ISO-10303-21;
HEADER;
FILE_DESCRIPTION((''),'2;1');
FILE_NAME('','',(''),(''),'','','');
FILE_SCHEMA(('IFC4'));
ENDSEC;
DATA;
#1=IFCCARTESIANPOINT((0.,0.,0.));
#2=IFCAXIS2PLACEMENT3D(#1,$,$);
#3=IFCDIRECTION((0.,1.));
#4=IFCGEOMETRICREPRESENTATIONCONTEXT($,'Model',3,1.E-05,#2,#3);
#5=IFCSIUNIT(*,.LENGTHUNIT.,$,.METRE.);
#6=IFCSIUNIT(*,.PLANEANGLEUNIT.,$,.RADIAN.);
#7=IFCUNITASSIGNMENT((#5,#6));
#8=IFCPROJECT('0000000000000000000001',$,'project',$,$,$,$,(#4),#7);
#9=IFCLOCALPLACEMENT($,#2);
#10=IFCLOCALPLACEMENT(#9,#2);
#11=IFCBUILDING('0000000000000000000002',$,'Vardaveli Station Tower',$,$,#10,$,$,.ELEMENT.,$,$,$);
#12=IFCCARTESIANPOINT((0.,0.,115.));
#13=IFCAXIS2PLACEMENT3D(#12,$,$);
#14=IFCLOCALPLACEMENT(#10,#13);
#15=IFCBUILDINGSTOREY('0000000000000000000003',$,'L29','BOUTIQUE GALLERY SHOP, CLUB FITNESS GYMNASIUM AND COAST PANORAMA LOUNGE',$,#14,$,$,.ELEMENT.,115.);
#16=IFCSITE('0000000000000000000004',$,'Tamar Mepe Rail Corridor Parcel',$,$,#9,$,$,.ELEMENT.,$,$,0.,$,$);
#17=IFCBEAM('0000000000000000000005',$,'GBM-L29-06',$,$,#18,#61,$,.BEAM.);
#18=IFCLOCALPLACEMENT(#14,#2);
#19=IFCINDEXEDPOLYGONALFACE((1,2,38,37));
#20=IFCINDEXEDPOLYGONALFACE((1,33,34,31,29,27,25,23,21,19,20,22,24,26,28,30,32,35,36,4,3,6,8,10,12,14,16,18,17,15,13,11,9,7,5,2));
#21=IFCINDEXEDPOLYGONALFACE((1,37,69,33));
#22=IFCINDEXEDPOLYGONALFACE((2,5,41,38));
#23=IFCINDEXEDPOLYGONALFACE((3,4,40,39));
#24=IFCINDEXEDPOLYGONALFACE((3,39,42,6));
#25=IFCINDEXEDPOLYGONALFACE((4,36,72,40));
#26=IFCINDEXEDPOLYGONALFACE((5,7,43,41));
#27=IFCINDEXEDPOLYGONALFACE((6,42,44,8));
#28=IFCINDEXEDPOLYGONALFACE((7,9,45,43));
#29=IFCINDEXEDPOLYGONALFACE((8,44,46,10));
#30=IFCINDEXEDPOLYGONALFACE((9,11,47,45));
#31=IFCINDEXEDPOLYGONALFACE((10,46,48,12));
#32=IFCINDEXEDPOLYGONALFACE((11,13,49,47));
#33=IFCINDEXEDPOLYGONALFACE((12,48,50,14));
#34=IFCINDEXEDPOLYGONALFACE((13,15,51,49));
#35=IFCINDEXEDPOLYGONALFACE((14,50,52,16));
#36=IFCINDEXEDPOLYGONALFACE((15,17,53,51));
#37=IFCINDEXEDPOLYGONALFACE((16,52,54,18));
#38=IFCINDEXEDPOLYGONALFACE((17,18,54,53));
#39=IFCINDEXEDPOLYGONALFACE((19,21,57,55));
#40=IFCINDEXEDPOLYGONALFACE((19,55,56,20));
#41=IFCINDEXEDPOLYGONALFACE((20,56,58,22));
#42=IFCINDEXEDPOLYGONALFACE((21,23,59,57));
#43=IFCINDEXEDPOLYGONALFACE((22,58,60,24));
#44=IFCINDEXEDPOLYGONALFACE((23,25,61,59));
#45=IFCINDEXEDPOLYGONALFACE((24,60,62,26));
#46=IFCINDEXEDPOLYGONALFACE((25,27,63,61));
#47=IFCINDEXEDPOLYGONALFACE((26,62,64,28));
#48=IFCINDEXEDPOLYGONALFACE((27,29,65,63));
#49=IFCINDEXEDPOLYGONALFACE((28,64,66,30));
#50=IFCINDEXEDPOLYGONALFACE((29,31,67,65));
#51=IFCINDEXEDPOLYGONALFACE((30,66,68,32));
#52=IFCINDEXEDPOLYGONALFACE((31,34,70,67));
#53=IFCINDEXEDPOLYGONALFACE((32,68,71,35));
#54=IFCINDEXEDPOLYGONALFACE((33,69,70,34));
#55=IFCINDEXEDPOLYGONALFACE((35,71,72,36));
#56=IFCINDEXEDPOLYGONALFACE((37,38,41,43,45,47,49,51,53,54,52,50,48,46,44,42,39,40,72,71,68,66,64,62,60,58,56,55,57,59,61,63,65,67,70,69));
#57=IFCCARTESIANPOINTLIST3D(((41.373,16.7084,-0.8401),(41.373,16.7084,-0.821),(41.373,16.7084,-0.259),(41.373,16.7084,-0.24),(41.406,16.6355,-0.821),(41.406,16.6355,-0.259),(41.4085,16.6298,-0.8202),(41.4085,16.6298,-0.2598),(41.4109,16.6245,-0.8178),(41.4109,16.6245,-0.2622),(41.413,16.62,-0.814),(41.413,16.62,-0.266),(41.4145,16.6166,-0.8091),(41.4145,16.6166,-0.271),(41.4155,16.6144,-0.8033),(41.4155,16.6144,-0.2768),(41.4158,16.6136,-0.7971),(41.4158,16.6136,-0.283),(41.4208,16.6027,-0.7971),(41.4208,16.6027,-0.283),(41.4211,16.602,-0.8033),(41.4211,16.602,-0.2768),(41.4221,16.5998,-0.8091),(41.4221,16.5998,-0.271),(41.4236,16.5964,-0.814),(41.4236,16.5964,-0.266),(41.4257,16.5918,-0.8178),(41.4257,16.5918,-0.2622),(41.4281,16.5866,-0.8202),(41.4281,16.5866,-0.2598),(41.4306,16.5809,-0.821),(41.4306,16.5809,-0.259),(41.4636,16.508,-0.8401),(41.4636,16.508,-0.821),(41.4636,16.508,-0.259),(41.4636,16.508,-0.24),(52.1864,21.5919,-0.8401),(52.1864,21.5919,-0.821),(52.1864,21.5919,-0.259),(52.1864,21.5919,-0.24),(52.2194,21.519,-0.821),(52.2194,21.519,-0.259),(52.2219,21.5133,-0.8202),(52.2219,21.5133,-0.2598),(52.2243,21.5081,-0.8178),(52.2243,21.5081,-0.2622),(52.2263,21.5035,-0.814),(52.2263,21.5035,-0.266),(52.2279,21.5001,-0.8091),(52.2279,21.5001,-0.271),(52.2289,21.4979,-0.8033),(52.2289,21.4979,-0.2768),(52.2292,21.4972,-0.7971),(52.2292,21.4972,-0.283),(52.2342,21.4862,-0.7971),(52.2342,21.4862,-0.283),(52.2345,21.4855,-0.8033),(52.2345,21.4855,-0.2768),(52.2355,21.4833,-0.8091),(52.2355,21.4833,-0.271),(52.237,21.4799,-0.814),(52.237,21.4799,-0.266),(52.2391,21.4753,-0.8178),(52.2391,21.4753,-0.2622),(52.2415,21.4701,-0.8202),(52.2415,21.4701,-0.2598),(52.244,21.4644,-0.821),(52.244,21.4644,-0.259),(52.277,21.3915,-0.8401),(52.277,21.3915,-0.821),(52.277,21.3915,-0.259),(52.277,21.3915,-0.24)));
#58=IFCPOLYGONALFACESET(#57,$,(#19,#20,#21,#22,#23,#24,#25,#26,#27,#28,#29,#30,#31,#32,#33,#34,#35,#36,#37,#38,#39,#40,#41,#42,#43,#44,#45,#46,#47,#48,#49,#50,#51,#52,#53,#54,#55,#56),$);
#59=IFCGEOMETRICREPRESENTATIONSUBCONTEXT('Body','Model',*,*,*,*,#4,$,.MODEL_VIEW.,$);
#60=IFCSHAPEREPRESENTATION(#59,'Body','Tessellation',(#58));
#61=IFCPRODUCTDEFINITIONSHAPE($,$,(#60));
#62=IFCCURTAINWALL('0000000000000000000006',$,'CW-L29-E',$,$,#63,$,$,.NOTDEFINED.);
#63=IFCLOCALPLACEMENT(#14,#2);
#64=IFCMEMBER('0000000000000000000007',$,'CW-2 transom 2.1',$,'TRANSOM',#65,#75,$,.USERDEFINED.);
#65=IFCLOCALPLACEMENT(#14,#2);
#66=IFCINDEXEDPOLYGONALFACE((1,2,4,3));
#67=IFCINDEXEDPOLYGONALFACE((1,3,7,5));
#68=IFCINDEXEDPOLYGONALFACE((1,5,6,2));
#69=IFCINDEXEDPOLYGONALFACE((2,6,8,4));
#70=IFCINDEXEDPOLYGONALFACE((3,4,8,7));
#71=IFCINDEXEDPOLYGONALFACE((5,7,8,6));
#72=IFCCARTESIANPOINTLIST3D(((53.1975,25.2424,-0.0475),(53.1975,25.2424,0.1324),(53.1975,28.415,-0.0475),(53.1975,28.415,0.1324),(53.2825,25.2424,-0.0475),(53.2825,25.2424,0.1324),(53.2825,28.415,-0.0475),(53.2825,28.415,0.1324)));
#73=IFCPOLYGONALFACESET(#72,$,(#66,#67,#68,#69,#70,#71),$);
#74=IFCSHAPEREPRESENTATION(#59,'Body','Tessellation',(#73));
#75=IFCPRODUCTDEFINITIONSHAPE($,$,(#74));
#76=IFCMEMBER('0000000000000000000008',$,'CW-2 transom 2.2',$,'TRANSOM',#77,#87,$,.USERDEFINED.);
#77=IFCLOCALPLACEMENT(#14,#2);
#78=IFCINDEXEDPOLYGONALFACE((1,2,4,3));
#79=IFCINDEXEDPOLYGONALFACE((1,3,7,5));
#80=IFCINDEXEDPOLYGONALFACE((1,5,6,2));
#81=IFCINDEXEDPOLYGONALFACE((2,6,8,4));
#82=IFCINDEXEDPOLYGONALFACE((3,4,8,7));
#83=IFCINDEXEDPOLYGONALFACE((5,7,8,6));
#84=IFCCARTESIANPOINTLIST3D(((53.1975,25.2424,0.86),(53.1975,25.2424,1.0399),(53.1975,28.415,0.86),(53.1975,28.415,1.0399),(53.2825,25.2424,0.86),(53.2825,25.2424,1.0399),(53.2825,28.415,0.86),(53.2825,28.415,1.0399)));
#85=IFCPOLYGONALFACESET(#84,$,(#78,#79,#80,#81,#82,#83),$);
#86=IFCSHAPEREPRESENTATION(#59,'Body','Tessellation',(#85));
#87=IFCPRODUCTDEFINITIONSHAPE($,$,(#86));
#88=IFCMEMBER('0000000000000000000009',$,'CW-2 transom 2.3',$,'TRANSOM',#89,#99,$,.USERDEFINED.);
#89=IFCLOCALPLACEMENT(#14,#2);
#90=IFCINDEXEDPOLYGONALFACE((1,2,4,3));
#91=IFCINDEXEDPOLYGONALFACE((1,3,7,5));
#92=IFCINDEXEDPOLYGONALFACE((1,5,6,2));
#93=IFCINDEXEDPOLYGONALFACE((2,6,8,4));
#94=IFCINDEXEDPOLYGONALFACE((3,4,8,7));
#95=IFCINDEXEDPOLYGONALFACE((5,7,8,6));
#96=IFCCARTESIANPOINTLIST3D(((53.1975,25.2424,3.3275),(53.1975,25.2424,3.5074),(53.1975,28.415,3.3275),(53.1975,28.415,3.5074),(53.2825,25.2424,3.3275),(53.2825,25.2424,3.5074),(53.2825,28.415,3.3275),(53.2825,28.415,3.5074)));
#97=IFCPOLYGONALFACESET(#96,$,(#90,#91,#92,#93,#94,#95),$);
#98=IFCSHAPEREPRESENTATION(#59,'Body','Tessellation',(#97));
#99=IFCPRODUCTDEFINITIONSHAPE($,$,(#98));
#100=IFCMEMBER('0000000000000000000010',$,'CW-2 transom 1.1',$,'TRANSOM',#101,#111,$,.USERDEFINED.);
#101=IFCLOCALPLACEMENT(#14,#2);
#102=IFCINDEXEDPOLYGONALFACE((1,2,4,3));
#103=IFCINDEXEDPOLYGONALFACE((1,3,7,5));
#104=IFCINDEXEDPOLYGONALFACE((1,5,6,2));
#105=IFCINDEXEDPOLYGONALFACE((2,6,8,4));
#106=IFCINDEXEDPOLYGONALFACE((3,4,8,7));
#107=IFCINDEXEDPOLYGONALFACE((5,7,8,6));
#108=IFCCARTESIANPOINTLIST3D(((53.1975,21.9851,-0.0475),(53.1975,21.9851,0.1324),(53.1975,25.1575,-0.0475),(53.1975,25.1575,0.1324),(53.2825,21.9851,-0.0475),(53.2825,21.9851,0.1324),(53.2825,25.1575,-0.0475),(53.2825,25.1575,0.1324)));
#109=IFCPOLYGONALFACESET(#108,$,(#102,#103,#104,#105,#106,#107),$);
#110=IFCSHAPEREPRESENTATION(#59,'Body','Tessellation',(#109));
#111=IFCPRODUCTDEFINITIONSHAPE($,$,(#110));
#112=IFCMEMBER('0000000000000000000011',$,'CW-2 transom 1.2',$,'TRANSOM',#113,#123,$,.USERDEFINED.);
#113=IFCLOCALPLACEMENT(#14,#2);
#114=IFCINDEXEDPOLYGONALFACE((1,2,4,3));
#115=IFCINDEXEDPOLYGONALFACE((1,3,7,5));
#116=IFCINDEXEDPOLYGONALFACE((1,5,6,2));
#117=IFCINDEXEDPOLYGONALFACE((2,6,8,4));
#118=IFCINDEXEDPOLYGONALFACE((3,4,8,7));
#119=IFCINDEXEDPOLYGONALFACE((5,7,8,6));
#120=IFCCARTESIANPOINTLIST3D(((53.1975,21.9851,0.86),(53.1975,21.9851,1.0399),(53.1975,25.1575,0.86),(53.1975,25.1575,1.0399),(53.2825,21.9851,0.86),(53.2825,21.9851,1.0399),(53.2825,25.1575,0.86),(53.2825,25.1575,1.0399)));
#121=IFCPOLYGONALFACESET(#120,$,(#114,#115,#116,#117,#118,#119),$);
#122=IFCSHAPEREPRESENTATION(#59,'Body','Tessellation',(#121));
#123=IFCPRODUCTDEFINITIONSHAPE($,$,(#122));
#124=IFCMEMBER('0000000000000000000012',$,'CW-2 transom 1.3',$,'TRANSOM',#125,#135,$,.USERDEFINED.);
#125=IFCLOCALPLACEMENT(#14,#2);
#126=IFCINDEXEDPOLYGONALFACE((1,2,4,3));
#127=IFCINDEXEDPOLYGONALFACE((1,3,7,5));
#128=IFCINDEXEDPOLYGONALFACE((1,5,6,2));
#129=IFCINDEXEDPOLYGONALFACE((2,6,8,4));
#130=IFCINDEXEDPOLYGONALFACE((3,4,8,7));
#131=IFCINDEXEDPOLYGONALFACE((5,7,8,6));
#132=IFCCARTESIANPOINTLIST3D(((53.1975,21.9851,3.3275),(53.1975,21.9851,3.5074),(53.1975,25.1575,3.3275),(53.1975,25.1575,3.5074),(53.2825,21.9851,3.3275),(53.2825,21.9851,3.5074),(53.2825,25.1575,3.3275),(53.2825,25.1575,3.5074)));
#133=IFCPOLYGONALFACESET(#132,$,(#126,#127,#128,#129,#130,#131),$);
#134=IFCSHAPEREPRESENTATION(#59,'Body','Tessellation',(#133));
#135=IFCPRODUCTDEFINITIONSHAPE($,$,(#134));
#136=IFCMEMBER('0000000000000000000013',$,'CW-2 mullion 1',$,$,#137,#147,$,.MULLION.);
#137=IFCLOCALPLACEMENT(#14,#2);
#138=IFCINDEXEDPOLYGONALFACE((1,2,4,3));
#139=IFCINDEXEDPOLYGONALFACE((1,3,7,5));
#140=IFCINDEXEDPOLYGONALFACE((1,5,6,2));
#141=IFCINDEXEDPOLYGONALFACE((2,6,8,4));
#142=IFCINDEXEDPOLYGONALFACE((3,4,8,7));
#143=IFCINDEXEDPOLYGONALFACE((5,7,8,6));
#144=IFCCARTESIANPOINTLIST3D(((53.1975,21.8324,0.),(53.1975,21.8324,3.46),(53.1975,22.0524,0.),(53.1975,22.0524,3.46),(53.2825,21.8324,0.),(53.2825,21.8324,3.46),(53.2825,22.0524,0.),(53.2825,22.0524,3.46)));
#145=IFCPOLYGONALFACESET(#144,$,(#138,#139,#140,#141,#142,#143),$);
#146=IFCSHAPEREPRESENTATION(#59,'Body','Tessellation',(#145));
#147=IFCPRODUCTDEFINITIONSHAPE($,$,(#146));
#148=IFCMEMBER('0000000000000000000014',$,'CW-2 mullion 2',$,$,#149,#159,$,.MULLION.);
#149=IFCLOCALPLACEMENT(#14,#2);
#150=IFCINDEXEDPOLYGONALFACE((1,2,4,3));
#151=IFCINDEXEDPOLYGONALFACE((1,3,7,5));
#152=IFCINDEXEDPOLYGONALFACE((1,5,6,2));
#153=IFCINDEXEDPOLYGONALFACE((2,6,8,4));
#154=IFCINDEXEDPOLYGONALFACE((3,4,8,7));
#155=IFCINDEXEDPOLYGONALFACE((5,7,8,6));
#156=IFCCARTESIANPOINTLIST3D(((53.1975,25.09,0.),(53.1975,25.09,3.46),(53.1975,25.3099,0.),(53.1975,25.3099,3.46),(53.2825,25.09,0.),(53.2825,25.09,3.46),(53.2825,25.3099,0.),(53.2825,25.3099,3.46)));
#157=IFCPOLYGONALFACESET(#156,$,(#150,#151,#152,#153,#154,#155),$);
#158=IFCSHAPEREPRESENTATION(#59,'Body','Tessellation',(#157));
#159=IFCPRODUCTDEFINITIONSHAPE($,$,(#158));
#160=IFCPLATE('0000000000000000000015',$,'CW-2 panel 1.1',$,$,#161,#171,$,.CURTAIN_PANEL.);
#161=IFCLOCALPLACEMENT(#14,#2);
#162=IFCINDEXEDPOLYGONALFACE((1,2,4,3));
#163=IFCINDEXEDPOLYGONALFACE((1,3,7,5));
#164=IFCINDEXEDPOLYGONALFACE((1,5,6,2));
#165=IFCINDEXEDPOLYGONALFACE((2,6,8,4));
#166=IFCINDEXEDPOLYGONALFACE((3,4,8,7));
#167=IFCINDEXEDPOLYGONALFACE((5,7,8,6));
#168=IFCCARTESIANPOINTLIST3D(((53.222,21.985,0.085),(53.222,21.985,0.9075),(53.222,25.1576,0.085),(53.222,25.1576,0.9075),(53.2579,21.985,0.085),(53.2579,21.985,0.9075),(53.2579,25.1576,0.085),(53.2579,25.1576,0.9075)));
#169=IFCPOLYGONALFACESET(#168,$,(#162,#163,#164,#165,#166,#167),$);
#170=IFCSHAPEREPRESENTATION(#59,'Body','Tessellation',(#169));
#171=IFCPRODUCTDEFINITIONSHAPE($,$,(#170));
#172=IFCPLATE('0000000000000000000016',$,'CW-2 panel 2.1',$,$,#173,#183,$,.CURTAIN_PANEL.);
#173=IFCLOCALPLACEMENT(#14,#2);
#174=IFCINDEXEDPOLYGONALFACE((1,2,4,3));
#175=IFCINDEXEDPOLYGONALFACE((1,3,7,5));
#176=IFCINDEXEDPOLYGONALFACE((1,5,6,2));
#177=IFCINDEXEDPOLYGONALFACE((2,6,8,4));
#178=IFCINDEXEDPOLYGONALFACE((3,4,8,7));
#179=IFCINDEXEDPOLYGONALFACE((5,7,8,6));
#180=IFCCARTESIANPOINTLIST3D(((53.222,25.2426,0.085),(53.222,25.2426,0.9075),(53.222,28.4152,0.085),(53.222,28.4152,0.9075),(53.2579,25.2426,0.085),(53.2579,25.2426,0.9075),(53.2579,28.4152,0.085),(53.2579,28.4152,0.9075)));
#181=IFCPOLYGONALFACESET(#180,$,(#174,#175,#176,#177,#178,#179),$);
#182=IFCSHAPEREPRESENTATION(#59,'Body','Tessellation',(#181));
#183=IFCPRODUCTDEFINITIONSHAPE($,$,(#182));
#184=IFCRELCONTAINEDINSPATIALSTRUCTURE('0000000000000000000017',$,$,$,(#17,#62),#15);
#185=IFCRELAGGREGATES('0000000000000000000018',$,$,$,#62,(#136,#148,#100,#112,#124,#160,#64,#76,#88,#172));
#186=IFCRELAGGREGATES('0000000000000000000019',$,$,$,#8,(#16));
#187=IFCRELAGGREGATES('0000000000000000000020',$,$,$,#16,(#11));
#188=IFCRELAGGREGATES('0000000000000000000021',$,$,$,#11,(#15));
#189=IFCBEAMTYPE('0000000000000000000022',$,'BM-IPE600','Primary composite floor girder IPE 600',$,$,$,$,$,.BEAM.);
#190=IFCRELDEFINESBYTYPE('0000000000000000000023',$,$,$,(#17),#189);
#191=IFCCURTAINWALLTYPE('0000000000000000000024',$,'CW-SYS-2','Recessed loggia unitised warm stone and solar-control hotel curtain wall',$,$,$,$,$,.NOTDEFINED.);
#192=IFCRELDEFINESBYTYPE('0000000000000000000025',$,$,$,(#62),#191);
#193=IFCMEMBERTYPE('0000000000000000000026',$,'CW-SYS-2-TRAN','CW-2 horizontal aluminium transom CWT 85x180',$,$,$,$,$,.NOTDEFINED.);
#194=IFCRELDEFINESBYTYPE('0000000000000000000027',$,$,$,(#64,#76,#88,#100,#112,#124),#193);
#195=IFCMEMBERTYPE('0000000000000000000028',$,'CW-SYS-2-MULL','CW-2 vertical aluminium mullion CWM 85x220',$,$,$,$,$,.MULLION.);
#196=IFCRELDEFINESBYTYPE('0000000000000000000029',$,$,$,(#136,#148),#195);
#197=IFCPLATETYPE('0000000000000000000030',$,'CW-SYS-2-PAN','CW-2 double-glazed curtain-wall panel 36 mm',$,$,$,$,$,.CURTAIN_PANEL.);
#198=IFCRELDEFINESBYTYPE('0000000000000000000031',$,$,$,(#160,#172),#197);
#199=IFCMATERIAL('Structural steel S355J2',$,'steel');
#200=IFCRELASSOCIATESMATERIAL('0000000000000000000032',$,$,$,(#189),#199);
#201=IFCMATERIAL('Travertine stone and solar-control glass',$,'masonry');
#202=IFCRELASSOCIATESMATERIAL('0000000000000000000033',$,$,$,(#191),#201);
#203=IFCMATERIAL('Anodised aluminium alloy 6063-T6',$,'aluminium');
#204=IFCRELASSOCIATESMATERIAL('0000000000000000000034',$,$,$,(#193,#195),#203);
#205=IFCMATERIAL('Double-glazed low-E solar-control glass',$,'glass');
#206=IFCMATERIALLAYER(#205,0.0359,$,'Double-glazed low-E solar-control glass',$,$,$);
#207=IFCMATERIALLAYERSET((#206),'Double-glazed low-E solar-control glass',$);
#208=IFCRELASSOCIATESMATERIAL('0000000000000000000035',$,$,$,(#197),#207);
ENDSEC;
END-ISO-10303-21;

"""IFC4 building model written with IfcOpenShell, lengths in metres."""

from ifc_helpers import new_model, si_unit, direction, frame, origin, origin_2d, place, context, subcontext, project, spatial, rectangle, i_section, extrude, source, transform, mapped, material, layer, layer_set, material_profile, profile_set, type_object, element, aggregate, save


model = new_model("IFC4")

# Units and contexts
model_context = context("Model", 3, precision=1e-05, world=origin(), true_north=direction((0.0, 1.0)))
body_context = subcontext(model_context, "Body", "Model", "MODEL_VIEW")
ifc_project = project(units=[si_unit("LENGTHUNIT", "METRE"), si_unit("PLANEANGLEUNIT", "RADIAN")], contexts=[model_context])

# Site, building, storey
site_placement = place(None, origin())
site = spatial("IfcSite", under=ifc_project, at=site_placement, Name="Tamar Mepe Rail Corridor Parcel", CompositionType="ELEMENT", RefElevation=0.0)
building_placement = place(site_placement, origin())
building = spatial("IfcBuilding", under=site, at=building_placement, Name="Vardaveli Station Tower", CompositionType="ELEMENT")
storey_placement = place(building_placement, frame((0.0, 0.0, 115.0)))
storey = spatial("IfcBuildingStorey", under=building, at=storey_placement, Name="L29", Description="BOUTIQUE GALLERY SHOP, CLUB FITNESS GYMNASIUM AND COAST PANORAMA LOUNGE", CompositionType="ELEMENT", Elevation=115.0)

# Beam
ifc_material_1 = material(Name="Structural steel S355J2", Category="steel")
ifc_material_profile_1 = material_profile(ifc_material_1, i_section(OverallWidth=0.22, OverallDepth=0.6001, WebThickness=0.012, FlangeThickness=0.019, FilletRadius=0.0239, at=origin_2d()), Name="IPE 600")
ifc_profile_set_1 = profile_set([ifc_material_profile_1], Name="Structural steel S355J2")
beam_type_1 = type_object("IfcBeamType", Name="BM-IPE600", Description="Primary composite floor girder IPE 600", PredefinedType="BEAM", material=ifc_profile_set_1)
shared_shape_1 = source(origin(), body_context, "Body", "SweptSolid", [
    extrude(i_section(OverallWidth=0.22, OverallDepth=0.6001, WebThickness=0.012, FlangeThickness=0.019, FilletRadius=0.0239, at=origin_2d()), origin(), (0.0, 0.0, 1.0), 11.865),
])
beam_1_placement = place(storey_placement, frame((52.2317, 21.4917, -0.54), z_axis=(-0.911369, -0.411589, 0.0), x_axis=(0.411589, -0.911369, 0.0)))
element("IfcBeam", 1, at=beam_1_placement, inside=storey, type_object=beam_type_1, Name="GBM-L29-06", PredefinedType="BEAM", context=body_context, shape_type="MappedRepresentation", body=[
    mapped(shared_shape_1, transform((0.0, 0.0, 0.0), scale=1.0)),
])

# Curtain wall, members, plates
ifc_material_2 = material(Name="Travertine stone and solar-control glass", Category="masonry")
curtain_wall_type = type_object("IfcCurtainWallType", Name="CW-SYS-2", Description="Recessed loggia unitised warm stone and solar-control hotel curtain wall", PredefinedType="NOTDEFINED", material=ifc_material_2)
curtain_wall_placement = place(storey_placement, origin())
curtain_wall = element("IfcCurtainWall", 2, at=curtain_wall_placement, inside=storey, type_object=curtain_wall_type, Name="CW-L29-E", PredefinedType="NOTDEFINED")
ifc_material_3 = material(Name="Anodised aluminium alloy 6063-T6", Category="aluminium")
ifc_material_profile_2 = material_profile(ifc_material_3, rectangle(XDim=0.085, YDim=0.1799, at=origin_2d()), Name="CWT 85x180")
ifc_profile_set_2 = profile_set([ifc_material_profile_2], Name="Anodised aluminium alloy 6063-T6")
member_type_1 = type_object("IfcMemberType", Name="CW-SYS-2-TRAN", Description="CW-2 horizontal aluminium transom CWT 85x180", PredefinedType="NOTDEFINED", material=ifc_profile_set_2)
shared_shape_2 = source(origin(), body_context, "Body", "SweptSolid", [
    extrude(rectangle(XDim=0.085, YDim=0.1799, at=origin_2d()), origin(), (0.0, 0.0, 1.0), 3.1726),
])
member_1_placement = place(storey_placement, frame((53.24, 25.2424, 0.0425), z_axis=(0.0, 1.0, 0.0), x_axis=(-1.0, 0.0, 0.0)))
member_1 = element("IfcMember", 3, at=member_1_placement, type_object=member_type_1, Name="CW-2 transom 2.1", ObjectType="TRANSOM", PredefinedType="USERDEFINED", context=body_context, shape_type="MappedRepresentation", body=[
    mapped(shared_shape_2, transform((0.0, 0.0, 0.0), scale=1.0)),
])
member_2_placement = place(storey_placement, frame((53.24, 25.2424, 0.95), z_axis=(0.0, 1.0, 0.0), x_axis=(-1.0, 0.0, 0.0)))
member_2 = element("IfcMember", 4, at=member_2_placement, type_object=member_type_1, Name="CW-2 transom 2.2", ObjectType="TRANSOM", PredefinedType="USERDEFINED", context=body_context, shape_type="MappedRepresentation", body=[
    mapped(shared_shape_2, transform((0.0, 0.0, 0.0), scale=1.0)),
])
member_3_placement = place(storey_placement, frame((53.24, 25.2424, 3.4175), z_axis=(0.0, 1.0, 0.0), x_axis=(-1.0, 0.0, 0.0)))
member_3 = element("IfcMember", 5, at=member_3_placement, type_object=member_type_1, Name="CW-2 transom 2.3", ObjectType="TRANSOM", PredefinedType="USERDEFINED", context=body_context, shape_type="MappedRepresentation", body=[
    mapped(shared_shape_2, transform((0.0, 0.0, 0.0), scale=1.0)),
])
shared_shape_3 = source(origin(), body_context, "Body", "SweptSolid", [
    extrude(rectangle(XDim=0.085, YDim=0.1799, at=origin_2d()), origin(), (0.0, 0.0, 1.0), 3.1724),
])
member_4_placement = place(storey_placement, frame((53.24, 21.9851, 0.0425), z_axis=(0.0, 1.0, 0.0), x_axis=(-1.0, 0.0, 0.0)))
member_4 = element("IfcMember", 6, at=member_4_placement, type_object=member_type_1, Name="CW-2 transom 1.1", ObjectType="TRANSOM", PredefinedType="USERDEFINED", context=body_context, shape_type="MappedRepresentation", body=[
    mapped(shared_shape_3, transform((0.0, 0.0, 0.0), scale=1.0)),
])
member_5_placement = place(storey_placement, frame((53.24, 21.9851, 0.95), z_axis=(0.0, 1.0, 0.0), x_axis=(-1.0, 0.0, 0.0)))
member_5 = element("IfcMember", 7, at=member_5_placement, type_object=member_type_1, Name="CW-2 transom 1.2", ObjectType="TRANSOM", PredefinedType="USERDEFINED", context=body_context, shape_type="MappedRepresentation", body=[
    mapped(shared_shape_3, transform((0.0, 0.0, 0.0), scale=1.0)),
])
member_6_placement = place(storey_placement, frame((53.24, 21.9851, 3.4175), z_axis=(0.0, 1.0, 0.0), x_axis=(-1.0, 0.0, 0.0)))
member_6 = element("IfcMember", 8, at=member_6_placement, type_object=member_type_1, Name="CW-2 transom 1.3", ObjectType="TRANSOM", PredefinedType="USERDEFINED", context=body_context, shape_type="MappedRepresentation", body=[
    mapped(shared_shape_3, transform((0.0, 0.0, 0.0), scale=1.0)),
])
ifc_material_profile_3 = material_profile(ifc_material_3, rectangle(XDim=0.085, YDim=0.22, at=origin_2d()), Name="CWM 85x220")
ifc_profile_set_3 = profile_set([ifc_material_profile_3], Name="Anodised aluminium alloy 6063-T6")
member_type_2 = type_object("IfcMemberType", Name="CW-SYS-2-MULL", Description="CW-2 vertical aluminium mullion CWM 85x220", PredefinedType="MULLION", material=ifc_profile_set_3)
shared_shape_4 = source(origin(), body_context, "Body", "SweptSolid", [
    extrude(rectangle(XDim=0.085, YDim=0.22, at=origin_2d()), origin(), (0.0, 0.0, 1.0), 3.46),
])
member_7_placement = place(storey_placement, frame((53.24, 21.9424, 0.0), z_axis=(0.0, 0.0, 1.0), x_axis=(-1.0, 0.0, 0.0)))
member_7 = element("IfcMember", 9, at=member_7_placement, type_object=member_type_2, Name="CW-2 mullion 1", PredefinedType="MULLION", context=body_context, shape_type="MappedRepresentation", body=[
    mapped(shared_shape_4, transform((0.0, 0.0, 0.0), scale=1.0)),
])
member_8_placement = place(storey_placement, frame((53.24, 25.2, 0.0), z_axis=(0.0, 0.0, 1.0), x_axis=(-1.0, 0.0, 0.0)))
member_8 = element("IfcMember", 10, at=member_8_placement, type_object=member_type_2, Name="CW-2 mullion 2", PredefinedType="MULLION", context=body_context, shape_type="MappedRepresentation", body=[
    mapped(shared_shape_4, transform((0.0, 0.0, 0.0), scale=1.0)),
])
ifc_material_4 = material(Name="Double-glazed low-E solar-control glass", Category="glass")
ifc_layer_1 = layer(ifc_material_4, 0.0359, Name="Double-glazed low-E solar-control glass")
ifc_layer_set_1 = layer_set([ifc_layer_1], Name="Double-glazed low-E solar-control glass")
plate_type = type_object("IfcPlateType", Name="CW-SYS-2-PAN", Description="CW-2 double-glazed curtain-wall panel 36 mm", PredefinedType="CURTAIN_PANEL", material=ifc_layer_set_1)
shared_shape_5 = source(origin(), body_context, "Body", "SweptSolid", [
    extrude(rectangle(XDim=3.1726, YDim=0.0359, at=origin_2d()), origin(), (0.0, 0.0, 1.0), 0.8225),
])
plate_1_placement = place(storey_placement, frame((53.24, 23.5713, 0.085), z_axis=(0.0, 0.0, 1.0), x_axis=(0.0, 1.0, 0.0)))
plate_1 = element("IfcPlate", 11, at=plate_1_placement, type_object=plate_type, Name="CW-2 panel 1.1", PredefinedType="CURTAIN_PANEL", context=body_context, shape_type="MappedRepresentation", body=[
    mapped(shared_shape_5, transform((0.0, 0.0, 0.0), scale=1.0)),
])
plate_2_placement = place(storey_placement, frame((53.24, 26.8289, 0.085), z_axis=(0.0, 0.0, 1.0), x_axis=(0.0, 1.0, 0.0)))
plate_2 = element("IfcPlate", 12, at=plate_2_placement, type_object=plate_type, Name="CW-2 panel 2.1", PredefinedType="CURTAIN_PANEL", context=body_context, shape_type="MappedRepresentation", body=[
    mapped(shared_shape_5, transform((0.0, 0.0, 0.0), scale=1.0)),
])
aggregate(curtain_wall, [member_7, member_8, member_4, member_5, member_6, plate_1, member_1, member_2, member_3, plate_2])

save(model, "model.ifc")
